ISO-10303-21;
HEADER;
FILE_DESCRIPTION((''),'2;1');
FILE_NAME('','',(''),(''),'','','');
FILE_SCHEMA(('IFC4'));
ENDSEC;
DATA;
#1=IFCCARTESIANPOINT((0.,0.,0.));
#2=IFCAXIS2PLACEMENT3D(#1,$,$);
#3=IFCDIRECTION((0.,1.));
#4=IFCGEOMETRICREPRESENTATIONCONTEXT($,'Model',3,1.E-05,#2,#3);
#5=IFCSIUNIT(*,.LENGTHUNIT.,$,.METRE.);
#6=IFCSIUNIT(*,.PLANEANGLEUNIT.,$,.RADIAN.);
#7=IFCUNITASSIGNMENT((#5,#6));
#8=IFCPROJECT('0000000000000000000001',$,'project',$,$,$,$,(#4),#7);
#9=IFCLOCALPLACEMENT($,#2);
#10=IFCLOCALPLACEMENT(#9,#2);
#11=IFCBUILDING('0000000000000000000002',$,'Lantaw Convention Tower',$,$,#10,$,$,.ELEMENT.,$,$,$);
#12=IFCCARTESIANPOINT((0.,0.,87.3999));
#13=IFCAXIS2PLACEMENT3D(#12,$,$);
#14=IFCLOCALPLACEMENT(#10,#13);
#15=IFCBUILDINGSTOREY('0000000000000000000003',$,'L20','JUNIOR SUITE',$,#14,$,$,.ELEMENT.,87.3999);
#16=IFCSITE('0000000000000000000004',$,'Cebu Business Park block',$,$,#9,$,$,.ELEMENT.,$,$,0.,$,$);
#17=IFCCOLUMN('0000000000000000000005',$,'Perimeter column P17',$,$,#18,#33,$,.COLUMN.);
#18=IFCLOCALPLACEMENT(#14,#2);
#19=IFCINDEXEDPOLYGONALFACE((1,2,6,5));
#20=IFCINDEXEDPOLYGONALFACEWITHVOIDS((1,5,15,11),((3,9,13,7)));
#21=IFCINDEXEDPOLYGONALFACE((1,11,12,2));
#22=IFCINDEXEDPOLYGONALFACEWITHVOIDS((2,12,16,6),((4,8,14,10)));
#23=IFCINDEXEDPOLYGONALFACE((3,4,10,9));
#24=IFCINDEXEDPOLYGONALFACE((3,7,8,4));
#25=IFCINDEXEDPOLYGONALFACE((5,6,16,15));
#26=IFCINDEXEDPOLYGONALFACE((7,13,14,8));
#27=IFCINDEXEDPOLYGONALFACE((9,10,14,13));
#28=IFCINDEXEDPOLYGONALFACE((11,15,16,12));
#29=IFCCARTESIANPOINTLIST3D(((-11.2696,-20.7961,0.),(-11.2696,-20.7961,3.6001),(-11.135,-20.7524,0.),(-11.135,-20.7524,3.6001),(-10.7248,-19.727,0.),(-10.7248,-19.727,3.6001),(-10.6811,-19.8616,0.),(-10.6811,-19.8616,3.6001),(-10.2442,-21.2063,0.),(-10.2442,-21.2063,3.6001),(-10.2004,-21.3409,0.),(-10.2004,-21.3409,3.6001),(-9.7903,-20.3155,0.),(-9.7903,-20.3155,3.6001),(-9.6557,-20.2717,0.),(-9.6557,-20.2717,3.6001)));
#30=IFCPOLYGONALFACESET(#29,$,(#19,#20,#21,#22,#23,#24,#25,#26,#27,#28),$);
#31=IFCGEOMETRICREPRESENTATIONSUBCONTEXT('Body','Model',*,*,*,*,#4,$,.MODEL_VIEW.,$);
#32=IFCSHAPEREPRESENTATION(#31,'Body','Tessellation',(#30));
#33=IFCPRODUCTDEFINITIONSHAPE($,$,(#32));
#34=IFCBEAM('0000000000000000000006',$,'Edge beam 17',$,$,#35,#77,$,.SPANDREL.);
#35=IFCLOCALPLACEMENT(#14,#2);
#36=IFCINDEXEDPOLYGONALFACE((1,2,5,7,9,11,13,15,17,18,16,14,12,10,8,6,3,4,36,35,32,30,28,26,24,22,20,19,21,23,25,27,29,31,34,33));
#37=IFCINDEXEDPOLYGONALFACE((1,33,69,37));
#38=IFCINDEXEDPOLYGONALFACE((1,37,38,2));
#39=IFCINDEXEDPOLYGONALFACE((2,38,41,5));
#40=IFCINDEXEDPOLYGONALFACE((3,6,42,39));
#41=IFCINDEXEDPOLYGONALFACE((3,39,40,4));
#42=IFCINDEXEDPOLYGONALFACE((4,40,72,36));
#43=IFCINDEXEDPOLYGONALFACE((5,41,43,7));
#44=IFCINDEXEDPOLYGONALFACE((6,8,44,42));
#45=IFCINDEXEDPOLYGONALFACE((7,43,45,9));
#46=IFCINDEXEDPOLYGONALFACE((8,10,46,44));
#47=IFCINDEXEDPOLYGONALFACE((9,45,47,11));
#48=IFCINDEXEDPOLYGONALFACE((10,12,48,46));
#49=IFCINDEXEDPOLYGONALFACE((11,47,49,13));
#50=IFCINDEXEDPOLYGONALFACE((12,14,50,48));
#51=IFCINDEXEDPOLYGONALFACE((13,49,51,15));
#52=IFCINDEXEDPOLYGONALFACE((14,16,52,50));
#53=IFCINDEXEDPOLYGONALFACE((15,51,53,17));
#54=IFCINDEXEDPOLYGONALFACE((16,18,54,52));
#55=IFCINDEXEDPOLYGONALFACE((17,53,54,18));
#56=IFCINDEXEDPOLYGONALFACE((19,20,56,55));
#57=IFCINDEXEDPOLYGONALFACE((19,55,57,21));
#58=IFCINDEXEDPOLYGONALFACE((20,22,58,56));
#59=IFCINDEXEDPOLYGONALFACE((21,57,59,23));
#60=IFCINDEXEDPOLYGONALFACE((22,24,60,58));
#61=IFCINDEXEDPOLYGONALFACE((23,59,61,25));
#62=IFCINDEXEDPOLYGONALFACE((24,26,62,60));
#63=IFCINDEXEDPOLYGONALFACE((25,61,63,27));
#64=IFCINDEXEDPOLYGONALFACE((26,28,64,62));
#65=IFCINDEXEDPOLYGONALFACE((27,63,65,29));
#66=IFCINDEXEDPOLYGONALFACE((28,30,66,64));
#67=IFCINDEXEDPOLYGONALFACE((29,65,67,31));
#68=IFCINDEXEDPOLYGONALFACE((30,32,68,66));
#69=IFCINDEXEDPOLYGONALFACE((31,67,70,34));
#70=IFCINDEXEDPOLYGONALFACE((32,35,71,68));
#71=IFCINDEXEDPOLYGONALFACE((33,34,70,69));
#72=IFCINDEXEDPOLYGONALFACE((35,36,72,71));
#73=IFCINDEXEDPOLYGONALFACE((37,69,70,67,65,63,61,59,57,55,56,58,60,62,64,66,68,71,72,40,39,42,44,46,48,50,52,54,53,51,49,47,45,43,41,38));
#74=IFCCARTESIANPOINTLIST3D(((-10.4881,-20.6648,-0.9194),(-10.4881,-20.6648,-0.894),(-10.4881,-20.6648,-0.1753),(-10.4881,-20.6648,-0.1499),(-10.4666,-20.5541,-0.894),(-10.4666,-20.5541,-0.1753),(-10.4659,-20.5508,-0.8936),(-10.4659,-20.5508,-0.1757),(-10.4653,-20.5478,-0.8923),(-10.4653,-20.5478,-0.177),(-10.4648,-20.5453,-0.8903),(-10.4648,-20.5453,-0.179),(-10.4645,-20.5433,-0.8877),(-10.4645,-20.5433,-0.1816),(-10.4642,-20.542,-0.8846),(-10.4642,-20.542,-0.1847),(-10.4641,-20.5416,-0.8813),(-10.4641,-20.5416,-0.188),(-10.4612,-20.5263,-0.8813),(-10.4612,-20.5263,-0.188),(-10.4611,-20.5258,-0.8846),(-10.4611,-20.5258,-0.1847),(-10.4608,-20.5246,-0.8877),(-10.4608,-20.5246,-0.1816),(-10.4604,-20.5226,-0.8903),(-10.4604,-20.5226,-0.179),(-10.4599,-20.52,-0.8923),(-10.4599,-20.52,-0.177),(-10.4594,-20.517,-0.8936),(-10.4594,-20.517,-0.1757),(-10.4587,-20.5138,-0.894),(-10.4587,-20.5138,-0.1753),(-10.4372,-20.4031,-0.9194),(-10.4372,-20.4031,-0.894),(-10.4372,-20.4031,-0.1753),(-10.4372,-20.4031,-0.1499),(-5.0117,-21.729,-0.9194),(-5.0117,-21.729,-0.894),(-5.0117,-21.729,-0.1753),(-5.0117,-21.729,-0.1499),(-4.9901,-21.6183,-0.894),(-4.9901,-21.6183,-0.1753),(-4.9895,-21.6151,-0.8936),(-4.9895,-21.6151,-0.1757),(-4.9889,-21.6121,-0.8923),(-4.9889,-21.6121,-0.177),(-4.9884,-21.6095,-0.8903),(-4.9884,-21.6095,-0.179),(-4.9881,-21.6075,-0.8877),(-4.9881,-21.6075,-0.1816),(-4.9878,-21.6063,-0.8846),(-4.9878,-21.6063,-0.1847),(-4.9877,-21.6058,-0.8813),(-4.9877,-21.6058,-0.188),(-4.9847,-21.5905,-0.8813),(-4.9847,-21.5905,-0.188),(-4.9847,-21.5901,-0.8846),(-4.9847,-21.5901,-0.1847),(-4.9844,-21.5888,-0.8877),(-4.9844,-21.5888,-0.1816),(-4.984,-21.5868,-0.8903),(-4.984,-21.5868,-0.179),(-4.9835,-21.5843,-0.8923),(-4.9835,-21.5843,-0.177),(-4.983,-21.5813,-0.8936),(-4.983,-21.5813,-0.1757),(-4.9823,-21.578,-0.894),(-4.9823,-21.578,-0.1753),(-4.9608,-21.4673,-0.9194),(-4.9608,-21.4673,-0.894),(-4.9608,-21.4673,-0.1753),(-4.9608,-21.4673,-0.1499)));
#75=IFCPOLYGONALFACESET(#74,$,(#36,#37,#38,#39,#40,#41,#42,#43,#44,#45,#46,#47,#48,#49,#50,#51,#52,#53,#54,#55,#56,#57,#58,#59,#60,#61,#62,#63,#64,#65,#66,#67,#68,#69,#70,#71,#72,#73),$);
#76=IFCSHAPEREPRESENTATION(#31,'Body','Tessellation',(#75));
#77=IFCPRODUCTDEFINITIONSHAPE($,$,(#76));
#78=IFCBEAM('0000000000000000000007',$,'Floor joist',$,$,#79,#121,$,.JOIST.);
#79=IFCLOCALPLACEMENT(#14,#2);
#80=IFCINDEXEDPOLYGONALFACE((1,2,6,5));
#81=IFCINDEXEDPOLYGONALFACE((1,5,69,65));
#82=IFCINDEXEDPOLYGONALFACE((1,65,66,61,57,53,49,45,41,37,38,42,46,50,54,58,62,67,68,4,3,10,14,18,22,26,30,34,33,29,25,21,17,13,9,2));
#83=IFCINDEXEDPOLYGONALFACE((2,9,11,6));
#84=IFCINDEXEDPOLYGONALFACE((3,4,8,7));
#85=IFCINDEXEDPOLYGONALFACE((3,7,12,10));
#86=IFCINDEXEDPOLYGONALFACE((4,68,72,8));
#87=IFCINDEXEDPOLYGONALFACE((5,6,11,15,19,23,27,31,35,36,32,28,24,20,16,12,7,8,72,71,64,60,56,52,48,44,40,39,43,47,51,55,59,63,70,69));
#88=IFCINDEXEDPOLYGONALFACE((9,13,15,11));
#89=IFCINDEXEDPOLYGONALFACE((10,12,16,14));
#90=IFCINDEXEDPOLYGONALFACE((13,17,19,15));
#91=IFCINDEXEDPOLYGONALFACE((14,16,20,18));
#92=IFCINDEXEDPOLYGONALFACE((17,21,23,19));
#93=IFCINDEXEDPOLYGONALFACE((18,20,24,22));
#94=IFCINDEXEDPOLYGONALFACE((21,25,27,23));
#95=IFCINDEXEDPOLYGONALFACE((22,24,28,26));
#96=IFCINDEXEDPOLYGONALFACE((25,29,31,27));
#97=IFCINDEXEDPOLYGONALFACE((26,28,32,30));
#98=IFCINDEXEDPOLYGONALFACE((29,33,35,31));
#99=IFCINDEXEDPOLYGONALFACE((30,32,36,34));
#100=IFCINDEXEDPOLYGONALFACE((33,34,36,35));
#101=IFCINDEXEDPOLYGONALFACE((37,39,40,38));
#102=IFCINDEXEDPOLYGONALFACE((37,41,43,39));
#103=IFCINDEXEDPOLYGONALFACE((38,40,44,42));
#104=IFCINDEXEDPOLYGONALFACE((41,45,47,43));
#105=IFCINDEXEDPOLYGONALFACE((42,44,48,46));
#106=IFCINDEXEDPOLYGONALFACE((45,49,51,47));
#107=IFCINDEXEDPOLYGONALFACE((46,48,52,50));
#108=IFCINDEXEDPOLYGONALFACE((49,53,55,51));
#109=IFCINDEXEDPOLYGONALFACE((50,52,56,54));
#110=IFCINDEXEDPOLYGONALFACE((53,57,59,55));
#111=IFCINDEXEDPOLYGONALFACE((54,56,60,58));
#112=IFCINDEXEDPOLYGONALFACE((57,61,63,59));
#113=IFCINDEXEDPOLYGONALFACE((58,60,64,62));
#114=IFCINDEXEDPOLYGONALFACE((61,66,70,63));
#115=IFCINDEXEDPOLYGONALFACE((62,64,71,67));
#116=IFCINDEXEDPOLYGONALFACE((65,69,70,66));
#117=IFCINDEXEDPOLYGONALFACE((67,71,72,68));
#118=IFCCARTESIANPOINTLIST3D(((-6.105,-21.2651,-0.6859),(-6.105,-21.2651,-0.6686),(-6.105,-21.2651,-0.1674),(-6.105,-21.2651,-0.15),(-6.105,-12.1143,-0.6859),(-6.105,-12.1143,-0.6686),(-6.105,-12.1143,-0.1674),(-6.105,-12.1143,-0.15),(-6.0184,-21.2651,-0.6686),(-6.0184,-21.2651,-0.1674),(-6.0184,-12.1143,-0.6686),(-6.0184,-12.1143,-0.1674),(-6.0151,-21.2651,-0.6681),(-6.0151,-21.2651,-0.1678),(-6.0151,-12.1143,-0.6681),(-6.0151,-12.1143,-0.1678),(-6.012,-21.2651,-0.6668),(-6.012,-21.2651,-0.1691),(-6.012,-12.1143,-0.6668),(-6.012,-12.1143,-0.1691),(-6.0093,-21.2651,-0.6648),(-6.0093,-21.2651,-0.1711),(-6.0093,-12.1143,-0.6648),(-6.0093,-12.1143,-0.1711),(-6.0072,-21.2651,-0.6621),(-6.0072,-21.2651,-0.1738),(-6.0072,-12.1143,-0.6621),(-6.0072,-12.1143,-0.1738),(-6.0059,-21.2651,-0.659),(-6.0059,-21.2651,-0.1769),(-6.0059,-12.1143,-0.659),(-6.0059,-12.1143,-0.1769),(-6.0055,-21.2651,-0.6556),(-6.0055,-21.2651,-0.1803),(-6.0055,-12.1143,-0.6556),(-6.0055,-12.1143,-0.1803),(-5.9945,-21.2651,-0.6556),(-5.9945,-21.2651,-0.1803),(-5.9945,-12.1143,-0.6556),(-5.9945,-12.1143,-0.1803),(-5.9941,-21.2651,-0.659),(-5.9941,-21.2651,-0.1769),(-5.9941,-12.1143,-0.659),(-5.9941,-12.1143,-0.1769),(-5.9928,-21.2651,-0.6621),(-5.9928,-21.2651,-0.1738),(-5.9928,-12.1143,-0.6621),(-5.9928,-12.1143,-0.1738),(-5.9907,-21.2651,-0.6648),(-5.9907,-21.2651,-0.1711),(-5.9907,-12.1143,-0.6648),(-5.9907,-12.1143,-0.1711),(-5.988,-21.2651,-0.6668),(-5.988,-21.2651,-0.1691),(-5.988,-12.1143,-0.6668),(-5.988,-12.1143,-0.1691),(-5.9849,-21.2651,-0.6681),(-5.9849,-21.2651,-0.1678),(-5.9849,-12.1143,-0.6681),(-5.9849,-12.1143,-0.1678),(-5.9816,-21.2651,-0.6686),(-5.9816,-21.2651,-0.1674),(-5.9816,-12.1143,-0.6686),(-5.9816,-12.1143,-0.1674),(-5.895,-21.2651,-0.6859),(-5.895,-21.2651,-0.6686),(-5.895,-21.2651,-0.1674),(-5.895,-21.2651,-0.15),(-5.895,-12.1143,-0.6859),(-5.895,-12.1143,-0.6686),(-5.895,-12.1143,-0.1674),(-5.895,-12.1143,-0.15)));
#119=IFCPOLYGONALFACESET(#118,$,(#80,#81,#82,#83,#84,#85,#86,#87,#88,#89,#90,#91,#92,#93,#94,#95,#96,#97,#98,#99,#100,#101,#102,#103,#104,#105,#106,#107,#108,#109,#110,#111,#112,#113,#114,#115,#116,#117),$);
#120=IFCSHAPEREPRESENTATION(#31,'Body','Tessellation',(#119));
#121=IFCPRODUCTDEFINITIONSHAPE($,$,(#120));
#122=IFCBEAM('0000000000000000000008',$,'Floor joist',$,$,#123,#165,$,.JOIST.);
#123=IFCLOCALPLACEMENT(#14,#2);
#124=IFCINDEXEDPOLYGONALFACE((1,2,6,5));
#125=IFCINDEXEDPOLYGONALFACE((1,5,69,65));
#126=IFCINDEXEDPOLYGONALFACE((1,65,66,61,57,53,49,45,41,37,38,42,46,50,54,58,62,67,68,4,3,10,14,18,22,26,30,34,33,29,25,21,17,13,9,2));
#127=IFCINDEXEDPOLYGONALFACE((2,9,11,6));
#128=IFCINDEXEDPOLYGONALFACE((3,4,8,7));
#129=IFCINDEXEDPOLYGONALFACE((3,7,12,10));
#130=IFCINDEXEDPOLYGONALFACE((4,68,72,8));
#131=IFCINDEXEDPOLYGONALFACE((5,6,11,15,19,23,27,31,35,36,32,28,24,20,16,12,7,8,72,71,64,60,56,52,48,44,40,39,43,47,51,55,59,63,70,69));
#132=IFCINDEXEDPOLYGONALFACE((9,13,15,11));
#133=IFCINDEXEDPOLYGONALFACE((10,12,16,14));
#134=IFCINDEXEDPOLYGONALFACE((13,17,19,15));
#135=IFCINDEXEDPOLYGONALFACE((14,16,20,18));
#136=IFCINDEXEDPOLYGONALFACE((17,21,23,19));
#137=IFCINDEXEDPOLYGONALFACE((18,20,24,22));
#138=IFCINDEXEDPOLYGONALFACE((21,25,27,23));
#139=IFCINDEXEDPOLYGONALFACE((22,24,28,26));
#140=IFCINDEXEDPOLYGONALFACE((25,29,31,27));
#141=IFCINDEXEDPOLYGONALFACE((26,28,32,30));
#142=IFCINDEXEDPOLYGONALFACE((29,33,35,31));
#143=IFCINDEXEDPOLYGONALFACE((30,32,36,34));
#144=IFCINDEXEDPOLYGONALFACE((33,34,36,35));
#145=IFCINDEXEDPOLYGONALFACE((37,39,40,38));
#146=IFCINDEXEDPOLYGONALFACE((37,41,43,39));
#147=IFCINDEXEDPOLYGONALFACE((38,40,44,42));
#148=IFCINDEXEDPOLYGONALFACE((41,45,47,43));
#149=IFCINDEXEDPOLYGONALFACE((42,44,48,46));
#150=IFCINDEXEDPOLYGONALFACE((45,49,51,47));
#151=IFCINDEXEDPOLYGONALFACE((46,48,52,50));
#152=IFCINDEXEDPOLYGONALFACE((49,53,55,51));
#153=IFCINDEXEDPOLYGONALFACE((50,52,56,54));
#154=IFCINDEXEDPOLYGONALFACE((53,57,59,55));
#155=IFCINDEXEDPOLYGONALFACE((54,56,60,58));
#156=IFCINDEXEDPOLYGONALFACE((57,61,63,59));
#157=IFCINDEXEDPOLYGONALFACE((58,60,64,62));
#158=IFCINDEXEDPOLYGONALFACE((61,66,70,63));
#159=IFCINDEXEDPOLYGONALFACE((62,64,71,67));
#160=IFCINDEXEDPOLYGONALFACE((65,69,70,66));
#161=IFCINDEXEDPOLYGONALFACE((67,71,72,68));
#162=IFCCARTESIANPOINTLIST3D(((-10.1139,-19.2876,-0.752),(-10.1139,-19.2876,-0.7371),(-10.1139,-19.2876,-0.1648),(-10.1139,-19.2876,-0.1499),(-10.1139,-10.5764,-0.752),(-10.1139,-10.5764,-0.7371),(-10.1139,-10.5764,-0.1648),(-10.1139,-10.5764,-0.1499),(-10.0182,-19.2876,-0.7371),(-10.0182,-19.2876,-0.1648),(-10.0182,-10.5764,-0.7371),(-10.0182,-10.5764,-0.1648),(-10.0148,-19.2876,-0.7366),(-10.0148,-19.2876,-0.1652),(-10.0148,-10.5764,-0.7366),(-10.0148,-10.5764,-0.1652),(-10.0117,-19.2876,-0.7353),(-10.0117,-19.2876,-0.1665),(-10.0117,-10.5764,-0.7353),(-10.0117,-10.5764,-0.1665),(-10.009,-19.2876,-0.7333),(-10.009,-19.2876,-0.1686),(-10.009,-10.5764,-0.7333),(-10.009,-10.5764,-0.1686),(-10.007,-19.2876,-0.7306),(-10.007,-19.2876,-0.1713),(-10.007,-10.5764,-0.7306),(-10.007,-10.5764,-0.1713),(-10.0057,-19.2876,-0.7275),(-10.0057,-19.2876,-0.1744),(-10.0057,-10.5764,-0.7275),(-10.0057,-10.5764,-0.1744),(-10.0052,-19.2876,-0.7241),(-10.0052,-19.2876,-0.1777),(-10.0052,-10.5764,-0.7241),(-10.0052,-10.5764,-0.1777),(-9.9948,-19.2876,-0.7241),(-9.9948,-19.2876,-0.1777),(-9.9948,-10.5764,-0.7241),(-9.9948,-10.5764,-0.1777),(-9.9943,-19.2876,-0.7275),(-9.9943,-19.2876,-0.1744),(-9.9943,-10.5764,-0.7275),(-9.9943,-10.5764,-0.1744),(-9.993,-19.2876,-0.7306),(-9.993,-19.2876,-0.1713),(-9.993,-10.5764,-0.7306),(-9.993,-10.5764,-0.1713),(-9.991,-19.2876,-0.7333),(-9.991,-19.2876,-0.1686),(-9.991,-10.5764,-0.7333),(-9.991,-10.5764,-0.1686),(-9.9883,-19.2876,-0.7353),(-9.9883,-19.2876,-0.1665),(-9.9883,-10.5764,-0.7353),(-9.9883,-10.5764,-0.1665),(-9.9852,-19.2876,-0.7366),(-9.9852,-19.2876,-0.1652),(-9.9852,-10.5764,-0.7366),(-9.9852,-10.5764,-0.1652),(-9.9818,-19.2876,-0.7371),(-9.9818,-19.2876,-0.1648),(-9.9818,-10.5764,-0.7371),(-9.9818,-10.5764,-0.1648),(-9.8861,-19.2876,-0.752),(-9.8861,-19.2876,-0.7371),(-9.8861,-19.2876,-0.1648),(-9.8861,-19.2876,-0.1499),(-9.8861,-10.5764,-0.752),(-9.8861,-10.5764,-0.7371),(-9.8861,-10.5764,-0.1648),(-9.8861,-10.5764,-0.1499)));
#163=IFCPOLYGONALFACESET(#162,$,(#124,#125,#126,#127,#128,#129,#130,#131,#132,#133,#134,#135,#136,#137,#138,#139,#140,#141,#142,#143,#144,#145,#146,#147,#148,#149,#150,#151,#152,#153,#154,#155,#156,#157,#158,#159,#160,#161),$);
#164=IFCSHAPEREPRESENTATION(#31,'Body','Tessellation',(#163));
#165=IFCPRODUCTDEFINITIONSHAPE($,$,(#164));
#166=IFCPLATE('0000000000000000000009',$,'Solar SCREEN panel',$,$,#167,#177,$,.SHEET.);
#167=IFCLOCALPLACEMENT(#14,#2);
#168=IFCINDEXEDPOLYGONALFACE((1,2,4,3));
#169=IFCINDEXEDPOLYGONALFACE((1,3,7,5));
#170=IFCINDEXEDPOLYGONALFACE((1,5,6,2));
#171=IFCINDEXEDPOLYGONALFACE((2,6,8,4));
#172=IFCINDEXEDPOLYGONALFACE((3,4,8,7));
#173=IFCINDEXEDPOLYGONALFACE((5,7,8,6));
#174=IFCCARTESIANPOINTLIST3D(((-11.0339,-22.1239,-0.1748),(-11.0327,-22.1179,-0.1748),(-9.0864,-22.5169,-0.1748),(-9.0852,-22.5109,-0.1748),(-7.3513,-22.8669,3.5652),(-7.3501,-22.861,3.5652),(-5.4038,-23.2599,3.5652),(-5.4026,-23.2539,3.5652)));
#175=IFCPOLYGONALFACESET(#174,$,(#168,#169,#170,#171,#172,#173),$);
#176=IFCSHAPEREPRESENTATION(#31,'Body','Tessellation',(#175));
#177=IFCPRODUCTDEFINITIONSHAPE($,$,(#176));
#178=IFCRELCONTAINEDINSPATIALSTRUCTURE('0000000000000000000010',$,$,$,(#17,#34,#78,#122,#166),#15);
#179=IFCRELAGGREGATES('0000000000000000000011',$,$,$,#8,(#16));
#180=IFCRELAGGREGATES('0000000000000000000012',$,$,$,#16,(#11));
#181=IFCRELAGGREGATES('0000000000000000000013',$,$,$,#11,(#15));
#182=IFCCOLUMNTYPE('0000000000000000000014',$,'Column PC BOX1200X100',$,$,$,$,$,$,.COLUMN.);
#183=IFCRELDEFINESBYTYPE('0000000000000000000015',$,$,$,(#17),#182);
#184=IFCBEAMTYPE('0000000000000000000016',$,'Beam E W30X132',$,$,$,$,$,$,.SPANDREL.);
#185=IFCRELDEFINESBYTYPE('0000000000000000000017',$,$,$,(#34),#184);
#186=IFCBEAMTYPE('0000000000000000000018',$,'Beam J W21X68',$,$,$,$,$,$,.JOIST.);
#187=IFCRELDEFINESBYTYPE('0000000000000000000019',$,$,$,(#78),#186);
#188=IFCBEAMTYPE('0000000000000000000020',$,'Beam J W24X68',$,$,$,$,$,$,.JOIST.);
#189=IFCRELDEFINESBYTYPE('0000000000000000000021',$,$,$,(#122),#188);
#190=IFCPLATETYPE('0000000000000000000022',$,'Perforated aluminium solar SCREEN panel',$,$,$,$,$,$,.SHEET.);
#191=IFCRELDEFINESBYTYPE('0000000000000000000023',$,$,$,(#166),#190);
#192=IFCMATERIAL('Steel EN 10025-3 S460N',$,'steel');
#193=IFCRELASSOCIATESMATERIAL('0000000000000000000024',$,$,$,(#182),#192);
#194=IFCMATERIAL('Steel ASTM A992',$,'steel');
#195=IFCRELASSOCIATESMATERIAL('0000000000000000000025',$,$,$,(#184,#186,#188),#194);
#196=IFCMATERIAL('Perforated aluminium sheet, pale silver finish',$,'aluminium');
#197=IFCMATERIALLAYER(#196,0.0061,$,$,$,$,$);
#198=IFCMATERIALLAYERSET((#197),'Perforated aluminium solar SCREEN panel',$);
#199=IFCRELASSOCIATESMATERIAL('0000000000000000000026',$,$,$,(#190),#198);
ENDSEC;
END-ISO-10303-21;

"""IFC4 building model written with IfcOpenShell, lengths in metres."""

from ifc_helpers import new_model, si_unit, direction, frame, origin, origin_2d, place, context, subcontext, project, spatial, polyline, rectangle, hollow_rectangle, i_section, outline, extrude, material, layer, layer_set, material_profile, profile_set, type_object, element, save


model = new_model("IFC4")

# Units and contexts
model_context = context("Model", 3, precision=1e-05, world=origin(), true_north=direction((0.0, 1.0)))
body_context = subcontext(model_context, "Body", "Model", "MODEL_VIEW")
ifc_project = project(units=[si_unit("LENGTHUNIT", "METRE"), si_unit("PLANEANGLEUNIT", "RADIAN")], contexts=[model_context])

# Site, building, storey
site_placement = place(None, origin())
site = spatial("IfcSite", under=ifc_project, at=site_placement, Name="Cebu Business Park block", CompositionType="ELEMENT", RefElevation=0.0)
building_placement = place(site_placement, origin())
building = spatial("IfcBuilding", under=site, at=building_placement, Name="Lantaw Convention Tower", CompositionType="ELEMENT")
storey_placement = place(building_placement, frame((0.0, 0.0, 87.3999)))
storey = spatial("IfcBuildingStorey", under=building, at=storey_placement, Name="L20", Description="JUNIOR SUITE", CompositionType="ELEMENT", Elevation=87.3999)

# Column
ifc_material_1 = material(Name="Steel EN 10025-3 S460N", Category="steel")
ifc_material_profile_1 = material_profile(ifc_material_1, hollow_rectangle(XDim=1.2, YDim=1.2, WallThickness=0.1001, at=origin_2d()), Name="BOX1200X100")
ifc_material_2 = material(Name="Concrete C60/75", Category="concrete")
ifc_material_profile_2 = material_profile(ifc_material_2, rectangle(XDim=1.0, YDim=1.0, at=origin_2d()), Name="Concrete fill of BOX1200X100")
ifc_profile_set_1 = profile_set([ifc_material_profile_1, ifc_material_profile_2], Name="Steel EN 10025-3 S460N")
column_type = type_object("IfcColumnType", Name="Column PC BOX1200X100", PredefinedType="COLUMN", material=ifc_profile_set_1)
column_placement = place(storey_placement, frame((-10.4626, -20.5339, 0.0), z_axis=(0.0, 0.0, 1.0), x_axis=(0.45399, 0.891007, 0.0)))
element("IfcColumn", 1, at=column_placement, inside=storey, type_object=column_type, Name="Perimeter column P17", PredefinedType="COLUMN", context=body_context, shape_type="SweptSolid", body=[
    extrude(hollow_rectangle(XDim=1.2, YDim=1.2, WallThickness=0.1001, at=origin_2d()), origin(), (0.0, 0.0, 1.0), 3.6001),
])

# Beams
ifc_material_3 = material(Name="Steel ASTM A992", Category="steel")
ifc_material_profile_3 = material_profile(ifc_material_3, i_section(OverallWidth=0.2666, OverallDepth=0.7695, WebThickness=0.0156, FlangeThickness=0.0254, FilletRadius=0.0127, at=origin_2d()), Name="W30X132")
ifc_profile_set_2 = profile_set([ifc_material_profile_3], Name="Steel ASTM A992")
beam_type_1 = type_object("IfcBeamType", Name="Beam E W30X132", PredefinedType="SPANDREL", material=ifc_profile_set_2)
beam_1_placement = place(storey_placement, frame((-10.4626, -20.5339, -0.5347), z_axis=(0.981637, -0.190761, 0.0), x_axis=(0.190761, 0.981637, 0.0)))
element("IfcBeam", 2, at=beam_1_placement, inside=storey, type_object=beam_type_1, Name="Edge beam 17", PredefinedType="SPANDREL", context=body_context, shape_type="SweptSolid", body=[
    extrude(i_section(OverallWidth=0.2666, OverallDepth=0.7695, WebThickness=0.0156, FlangeThickness=0.0254, FilletRadius=0.0127, at=origin_2d()), origin(), (0.0, 0.0, 1.0), 5.5789),
])
ifc_material_profile_4 = material_profile(ifc_material_3, i_section(OverallWidth=0.21, OverallDepth=0.5359, WebThickness=0.011, FlangeThickness=0.0173, FilletRadius=0.0129, at=origin_2d()), Name="W21X68")
ifc_profile_set_3 = profile_set([ifc_material_profile_4], Name="Steel ASTM A992")
beam_type_2 = type_object("IfcBeamType", Name="Beam J W21X68", PredefinedType="JOIST", material=ifc_profile_set_3)
beam_2_placement = place(storey_placement, frame((-6.0, -21.2651, -0.418), z_axis=(0.0, 1.0, 0.0), x_axis=(-1.0, 0.0, 0.0)))
element("IfcBeam", 3, at=beam_2_placement, inside=storey, type_object=beam_type_2, Name="Floor joist", PredefinedType="JOIST", context=body_context, shape_type="SweptSolid", body=[
    extrude(i_section(OverallWidth=0.21, OverallDepth=0.5359, WebThickness=0.011, FlangeThickness=0.0173, FilletRadius=0.0129, at=origin_2d()), origin(), (0.0, 0.0, 1.0), 9.1509),
])
ifc_material_profile_5 = material_profile(ifc_material_3, i_section(OverallWidth=0.2278, OverallDepth=0.6021, WebThickness=0.0105, FlangeThickness=0.0149, FilletRadius=0.0129, at=origin_2d()), Name="W24X68")
ifc_profile_set_4 = profile_set([ifc_material_profile_5], Name="Steel ASTM A992")
beam_type_3 = type_object("IfcBeamType", Name="Beam J W24X68", PredefinedType="JOIST", material=ifc_profile_set_4)
beam_3_placement = place(storey_placement, frame((-10.0, -19.2876, -0.4509), z_axis=(0.0, 1.0, 0.0), x_axis=(-1.0, 0.0, 0.0)))
element("IfcBeam", 4, at=beam_3_placement, inside=storey, type_object=beam_type_3, Name="Floor joist", PredefinedType="JOIST", context=body_context, shape_type="SweptSolid", body=[
    extrude(i_section(OverallWidth=0.2278, OverallDepth=0.6021, WebThickness=0.0105, FlangeThickness=0.0149, FilletRadius=0.0129, at=origin_2d()), origin(), (0.0, 0.0, 1.0), 8.7112),
])

# Plate
ifc_material_4 = material(Name="Perforated aluminium sheet, pale silver finish", Category="aluminium")
ifc_layer_1 = layer(ifc_material_4, 0.0061)
ifc_layer_set_1 = layer_set([ifc_layer_1], Name="Perforated aluminium solar SCREEN panel")
plate_type = type_object("IfcPlateType", Name="Perforated aluminium solar SCREEN panel", PredefinedType="SHEET", material=ifc_layer_set_1)
plate_placement = place(storey_placement, frame((-11.0327, -22.1179, -0.1748), z_axis=(0.197782, 0.980246, 0.000002), x_axis=(0.980246, -0.197782, 0.0)))
element("IfcPlate", 5, at=plate_placement, inside=storey, type_object=plate_type, Name="Solar SCREEN panel", PredefinedType="SHEET", context=body_context, shape_type="SweptSolid", body=[
    extrude(outline(polyline([(0.0, 0.0), (1.9868, 0.0), (5.7436, -3.74), (3.7569, -3.74), (0.0, 0.0)])), origin(), (0.0, 0.0, -1.0), 0.0061),
])

save(model, "model.ifc")
